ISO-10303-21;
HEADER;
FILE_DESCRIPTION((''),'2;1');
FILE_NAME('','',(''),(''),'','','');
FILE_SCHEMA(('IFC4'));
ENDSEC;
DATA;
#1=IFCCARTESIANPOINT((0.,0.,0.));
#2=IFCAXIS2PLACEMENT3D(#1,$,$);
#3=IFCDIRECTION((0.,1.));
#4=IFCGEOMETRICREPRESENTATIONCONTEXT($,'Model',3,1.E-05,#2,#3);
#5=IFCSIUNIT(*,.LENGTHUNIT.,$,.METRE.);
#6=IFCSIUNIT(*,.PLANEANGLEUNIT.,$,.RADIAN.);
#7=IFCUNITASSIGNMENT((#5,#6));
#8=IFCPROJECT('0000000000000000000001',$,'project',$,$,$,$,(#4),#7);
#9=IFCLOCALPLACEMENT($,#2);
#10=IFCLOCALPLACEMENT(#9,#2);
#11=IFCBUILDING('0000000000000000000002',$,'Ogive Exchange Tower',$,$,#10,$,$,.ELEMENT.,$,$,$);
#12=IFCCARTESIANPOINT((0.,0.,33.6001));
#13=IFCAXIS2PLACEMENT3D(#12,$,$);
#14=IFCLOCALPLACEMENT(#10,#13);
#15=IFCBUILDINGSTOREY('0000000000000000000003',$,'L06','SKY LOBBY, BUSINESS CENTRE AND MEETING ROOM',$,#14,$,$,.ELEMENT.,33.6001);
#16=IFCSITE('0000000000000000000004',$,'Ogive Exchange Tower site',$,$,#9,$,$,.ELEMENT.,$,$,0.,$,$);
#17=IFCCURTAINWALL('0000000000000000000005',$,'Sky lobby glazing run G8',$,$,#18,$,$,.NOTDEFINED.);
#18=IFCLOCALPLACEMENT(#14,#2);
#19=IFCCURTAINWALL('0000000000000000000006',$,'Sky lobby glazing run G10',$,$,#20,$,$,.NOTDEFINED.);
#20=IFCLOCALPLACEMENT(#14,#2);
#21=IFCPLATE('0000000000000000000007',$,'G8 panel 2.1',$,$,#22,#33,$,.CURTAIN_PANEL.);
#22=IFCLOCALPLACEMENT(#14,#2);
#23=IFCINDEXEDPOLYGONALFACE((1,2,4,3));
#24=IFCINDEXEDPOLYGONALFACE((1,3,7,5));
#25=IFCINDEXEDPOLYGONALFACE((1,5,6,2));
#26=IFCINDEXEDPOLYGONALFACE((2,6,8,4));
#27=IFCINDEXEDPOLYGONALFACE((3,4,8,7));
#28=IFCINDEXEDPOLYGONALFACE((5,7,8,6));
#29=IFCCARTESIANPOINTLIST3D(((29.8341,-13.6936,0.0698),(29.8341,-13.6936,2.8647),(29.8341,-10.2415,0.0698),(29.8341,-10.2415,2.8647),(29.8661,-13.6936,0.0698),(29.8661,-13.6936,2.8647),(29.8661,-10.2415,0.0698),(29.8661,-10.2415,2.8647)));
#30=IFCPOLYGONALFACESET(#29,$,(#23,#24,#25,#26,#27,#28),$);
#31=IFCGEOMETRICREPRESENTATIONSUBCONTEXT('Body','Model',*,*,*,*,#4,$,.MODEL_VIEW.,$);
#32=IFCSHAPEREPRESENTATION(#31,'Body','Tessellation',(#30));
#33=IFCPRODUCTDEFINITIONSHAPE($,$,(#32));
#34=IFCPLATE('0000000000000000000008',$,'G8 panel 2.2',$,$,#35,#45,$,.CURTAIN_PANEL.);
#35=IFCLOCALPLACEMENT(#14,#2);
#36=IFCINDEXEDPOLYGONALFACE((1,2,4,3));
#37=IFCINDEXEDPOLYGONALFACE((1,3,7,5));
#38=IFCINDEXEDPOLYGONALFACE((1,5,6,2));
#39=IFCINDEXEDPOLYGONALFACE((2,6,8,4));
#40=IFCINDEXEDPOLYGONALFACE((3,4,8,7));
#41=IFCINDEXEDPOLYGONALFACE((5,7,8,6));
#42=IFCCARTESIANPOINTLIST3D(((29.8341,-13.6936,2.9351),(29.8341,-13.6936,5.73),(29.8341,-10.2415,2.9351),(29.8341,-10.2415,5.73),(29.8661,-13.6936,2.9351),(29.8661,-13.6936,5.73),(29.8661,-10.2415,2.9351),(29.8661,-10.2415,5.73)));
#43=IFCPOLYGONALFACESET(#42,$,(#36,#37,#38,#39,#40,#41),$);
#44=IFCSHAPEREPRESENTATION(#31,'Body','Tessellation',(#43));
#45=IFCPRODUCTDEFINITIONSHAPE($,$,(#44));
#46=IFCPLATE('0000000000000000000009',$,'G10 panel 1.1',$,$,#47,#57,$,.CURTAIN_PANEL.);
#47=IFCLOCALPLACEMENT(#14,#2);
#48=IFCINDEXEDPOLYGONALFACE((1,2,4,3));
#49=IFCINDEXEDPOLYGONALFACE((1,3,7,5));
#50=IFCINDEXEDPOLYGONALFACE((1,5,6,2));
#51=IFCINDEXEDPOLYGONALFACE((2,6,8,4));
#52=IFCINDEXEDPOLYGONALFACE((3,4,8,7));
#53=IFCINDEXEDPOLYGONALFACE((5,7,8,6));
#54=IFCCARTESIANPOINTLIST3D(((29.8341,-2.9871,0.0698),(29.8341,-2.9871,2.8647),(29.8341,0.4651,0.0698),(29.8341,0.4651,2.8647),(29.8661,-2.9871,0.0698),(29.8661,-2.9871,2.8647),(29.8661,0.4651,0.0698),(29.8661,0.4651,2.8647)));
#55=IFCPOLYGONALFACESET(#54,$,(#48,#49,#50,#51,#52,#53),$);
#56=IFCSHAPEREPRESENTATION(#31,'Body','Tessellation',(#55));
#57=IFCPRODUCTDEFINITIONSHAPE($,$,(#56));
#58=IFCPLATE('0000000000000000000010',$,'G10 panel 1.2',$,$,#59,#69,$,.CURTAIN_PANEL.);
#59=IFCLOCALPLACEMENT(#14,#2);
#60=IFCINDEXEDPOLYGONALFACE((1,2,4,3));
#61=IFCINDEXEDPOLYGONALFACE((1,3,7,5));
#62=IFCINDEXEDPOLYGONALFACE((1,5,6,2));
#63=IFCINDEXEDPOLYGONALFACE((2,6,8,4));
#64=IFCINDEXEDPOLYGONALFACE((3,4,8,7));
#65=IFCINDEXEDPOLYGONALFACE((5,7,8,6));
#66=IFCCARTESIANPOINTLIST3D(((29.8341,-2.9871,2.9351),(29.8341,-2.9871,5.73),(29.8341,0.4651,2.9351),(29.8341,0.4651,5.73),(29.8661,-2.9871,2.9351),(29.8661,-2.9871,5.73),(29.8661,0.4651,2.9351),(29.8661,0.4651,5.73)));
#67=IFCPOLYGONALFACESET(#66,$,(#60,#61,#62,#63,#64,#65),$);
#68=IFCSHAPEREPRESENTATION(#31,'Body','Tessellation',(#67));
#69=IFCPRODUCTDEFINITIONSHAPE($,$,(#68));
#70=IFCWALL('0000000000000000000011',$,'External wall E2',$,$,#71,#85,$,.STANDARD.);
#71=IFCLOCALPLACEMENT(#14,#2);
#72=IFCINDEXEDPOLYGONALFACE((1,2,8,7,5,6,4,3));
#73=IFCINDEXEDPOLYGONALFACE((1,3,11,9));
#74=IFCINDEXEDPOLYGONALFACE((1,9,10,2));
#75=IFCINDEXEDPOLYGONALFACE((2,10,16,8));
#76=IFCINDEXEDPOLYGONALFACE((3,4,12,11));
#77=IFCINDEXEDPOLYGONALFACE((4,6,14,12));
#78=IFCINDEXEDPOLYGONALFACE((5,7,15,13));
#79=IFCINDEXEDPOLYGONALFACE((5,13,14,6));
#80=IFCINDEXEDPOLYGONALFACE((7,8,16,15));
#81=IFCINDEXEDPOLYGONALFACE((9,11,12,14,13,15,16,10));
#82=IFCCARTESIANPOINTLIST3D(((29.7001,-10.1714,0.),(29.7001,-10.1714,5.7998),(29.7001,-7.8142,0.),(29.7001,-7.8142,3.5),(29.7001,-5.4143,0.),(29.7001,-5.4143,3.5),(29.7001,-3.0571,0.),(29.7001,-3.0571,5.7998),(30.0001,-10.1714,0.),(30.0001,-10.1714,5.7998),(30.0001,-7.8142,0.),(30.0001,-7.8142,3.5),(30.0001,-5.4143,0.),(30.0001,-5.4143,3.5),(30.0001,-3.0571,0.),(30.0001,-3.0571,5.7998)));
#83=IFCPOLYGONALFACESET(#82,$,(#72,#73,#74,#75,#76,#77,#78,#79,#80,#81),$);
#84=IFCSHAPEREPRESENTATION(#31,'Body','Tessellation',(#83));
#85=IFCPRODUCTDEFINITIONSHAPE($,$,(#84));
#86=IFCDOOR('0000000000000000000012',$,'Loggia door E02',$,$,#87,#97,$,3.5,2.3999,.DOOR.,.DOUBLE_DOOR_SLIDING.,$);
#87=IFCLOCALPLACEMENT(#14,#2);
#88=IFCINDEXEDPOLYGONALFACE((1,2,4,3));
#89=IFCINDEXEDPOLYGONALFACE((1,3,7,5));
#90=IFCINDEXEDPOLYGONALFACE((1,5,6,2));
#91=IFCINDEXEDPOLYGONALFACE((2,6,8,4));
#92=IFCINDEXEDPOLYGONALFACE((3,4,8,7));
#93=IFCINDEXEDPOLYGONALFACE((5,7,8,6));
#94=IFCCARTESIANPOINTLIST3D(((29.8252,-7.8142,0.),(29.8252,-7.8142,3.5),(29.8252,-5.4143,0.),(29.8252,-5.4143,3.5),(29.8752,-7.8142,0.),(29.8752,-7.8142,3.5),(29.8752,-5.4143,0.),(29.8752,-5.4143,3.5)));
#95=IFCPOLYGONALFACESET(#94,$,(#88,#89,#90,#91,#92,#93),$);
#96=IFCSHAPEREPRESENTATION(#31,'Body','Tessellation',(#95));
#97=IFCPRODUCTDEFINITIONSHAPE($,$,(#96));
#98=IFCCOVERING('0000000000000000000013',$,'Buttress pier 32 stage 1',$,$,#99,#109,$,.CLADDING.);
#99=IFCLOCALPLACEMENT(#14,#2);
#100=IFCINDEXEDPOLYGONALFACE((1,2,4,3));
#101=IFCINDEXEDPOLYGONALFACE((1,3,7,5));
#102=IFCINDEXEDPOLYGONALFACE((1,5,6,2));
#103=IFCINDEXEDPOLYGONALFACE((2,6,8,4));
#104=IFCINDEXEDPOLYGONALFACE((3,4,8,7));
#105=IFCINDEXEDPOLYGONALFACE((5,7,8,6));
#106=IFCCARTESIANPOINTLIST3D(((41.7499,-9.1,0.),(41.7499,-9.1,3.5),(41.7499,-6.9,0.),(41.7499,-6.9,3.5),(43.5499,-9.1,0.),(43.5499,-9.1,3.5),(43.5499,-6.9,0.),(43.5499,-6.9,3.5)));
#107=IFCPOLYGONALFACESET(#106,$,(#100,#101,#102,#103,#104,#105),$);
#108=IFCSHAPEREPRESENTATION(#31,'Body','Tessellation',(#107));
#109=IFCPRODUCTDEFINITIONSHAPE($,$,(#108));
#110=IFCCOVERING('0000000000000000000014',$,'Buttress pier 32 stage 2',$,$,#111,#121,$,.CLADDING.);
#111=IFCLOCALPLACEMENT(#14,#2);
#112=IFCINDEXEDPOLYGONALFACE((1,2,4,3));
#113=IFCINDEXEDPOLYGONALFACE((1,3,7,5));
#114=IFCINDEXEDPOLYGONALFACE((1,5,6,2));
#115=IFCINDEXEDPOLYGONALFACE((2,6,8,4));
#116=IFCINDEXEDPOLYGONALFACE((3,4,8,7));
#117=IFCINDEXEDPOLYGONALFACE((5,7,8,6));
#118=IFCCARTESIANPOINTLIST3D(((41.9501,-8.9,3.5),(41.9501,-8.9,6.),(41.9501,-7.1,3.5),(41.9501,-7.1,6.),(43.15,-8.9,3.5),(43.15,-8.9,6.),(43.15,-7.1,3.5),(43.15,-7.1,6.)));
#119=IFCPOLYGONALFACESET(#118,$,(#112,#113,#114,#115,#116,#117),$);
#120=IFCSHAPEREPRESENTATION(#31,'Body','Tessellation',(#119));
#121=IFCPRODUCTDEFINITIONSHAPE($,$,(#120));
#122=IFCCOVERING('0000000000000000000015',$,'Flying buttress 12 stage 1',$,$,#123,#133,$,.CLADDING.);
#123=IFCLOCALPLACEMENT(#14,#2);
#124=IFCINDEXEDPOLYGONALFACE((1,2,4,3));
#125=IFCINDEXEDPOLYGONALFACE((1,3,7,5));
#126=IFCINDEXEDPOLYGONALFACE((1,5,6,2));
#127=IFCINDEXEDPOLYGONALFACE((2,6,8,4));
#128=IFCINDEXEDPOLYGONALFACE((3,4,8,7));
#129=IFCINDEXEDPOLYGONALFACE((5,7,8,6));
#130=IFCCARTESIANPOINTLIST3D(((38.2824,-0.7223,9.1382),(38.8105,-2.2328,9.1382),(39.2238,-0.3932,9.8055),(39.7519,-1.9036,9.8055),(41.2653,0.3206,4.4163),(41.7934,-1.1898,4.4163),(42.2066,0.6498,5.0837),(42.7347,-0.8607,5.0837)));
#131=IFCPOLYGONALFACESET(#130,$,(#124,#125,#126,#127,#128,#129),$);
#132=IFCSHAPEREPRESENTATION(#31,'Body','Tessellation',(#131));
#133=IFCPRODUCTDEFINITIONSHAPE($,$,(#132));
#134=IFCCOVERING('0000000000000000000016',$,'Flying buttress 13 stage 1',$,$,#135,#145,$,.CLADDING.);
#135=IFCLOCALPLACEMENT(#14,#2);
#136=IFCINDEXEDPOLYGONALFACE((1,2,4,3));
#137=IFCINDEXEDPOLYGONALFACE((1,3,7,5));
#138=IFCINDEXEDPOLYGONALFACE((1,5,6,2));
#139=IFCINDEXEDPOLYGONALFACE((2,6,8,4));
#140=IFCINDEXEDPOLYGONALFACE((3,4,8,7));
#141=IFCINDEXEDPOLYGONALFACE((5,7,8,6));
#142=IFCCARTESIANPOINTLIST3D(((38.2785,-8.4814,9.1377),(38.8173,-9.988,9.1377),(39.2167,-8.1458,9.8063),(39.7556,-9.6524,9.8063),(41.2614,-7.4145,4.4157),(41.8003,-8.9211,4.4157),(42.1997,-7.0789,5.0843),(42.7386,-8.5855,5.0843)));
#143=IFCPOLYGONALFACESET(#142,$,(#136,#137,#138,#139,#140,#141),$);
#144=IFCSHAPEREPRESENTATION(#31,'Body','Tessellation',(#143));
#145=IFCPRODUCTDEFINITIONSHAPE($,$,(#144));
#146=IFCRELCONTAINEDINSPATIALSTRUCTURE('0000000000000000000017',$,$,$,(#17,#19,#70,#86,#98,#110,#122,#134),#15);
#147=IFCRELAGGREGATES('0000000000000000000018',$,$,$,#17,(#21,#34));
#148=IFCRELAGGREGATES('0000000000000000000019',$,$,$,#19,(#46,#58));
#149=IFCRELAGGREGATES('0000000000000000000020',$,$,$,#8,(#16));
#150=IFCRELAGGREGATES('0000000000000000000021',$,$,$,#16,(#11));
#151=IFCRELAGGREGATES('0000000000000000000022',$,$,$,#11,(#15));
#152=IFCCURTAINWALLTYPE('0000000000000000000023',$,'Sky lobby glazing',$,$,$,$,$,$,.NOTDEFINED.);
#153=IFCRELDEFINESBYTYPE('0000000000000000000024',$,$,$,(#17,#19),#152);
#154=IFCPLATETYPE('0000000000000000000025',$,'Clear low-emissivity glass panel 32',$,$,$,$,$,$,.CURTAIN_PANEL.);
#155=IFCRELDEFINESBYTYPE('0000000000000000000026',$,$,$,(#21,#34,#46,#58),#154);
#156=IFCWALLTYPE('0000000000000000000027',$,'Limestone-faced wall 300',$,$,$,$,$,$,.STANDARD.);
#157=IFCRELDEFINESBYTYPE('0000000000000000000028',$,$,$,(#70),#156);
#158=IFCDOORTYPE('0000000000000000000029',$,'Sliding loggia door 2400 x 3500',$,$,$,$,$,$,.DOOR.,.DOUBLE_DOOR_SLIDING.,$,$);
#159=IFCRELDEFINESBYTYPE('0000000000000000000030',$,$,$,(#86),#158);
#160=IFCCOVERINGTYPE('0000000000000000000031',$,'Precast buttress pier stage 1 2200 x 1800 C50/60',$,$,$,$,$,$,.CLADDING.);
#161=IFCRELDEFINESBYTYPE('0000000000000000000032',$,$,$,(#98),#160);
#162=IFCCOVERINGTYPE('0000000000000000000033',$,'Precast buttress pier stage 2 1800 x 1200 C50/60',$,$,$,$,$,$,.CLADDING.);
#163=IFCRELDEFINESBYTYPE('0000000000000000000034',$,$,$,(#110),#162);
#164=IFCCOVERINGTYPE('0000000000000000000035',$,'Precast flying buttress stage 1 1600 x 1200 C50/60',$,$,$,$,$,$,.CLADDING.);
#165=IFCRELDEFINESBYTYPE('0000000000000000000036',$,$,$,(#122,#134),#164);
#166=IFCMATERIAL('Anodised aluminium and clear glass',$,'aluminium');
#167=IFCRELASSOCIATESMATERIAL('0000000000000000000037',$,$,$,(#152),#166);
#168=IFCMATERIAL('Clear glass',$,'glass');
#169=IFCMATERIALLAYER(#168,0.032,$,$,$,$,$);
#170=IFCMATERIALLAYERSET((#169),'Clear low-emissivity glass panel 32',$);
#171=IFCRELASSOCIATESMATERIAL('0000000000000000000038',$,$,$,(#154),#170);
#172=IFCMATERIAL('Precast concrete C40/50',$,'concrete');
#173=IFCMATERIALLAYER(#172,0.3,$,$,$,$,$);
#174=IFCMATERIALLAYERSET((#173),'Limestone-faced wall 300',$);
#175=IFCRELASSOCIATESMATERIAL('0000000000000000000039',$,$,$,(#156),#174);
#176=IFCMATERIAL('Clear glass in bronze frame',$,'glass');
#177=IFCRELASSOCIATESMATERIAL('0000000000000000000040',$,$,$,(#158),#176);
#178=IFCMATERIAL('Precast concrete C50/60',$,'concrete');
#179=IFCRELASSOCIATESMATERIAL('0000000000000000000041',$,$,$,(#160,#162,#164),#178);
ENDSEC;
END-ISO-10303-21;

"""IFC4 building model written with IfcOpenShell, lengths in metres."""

from ifc_helpers import new_model, si_unit, direction, frame, frame_2d, origin, origin_2d, place, context, subcontext, project, spatial, rectangle, extrude, material, layer, layer_set, material_profile, profile_set, type_object, element, fill, aggregate, save


model = new_model("IFC4")

# Units and contexts
model_context = context("Model", 3, precision=1e-05, world=origin(), true_north=direction((0.0, 1.0)))
body_context = subcontext(model_context, "Body", "Model", "MODEL_VIEW")
ifc_project = project(units=[si_unit("LENGTHUNIT", "METRE"), si_unit("PLANEANGLEUNIT", "RADIAN")], contexts=[model_context])

# Site, building, storey
site_placement = place(None, origin())
site = spatial("IfcSite", under=ifc_project, at=site_placement, Name="Ogive Exchange Tower site", CompositionType="ELEMENT", RefElevation=0.0)
building_placement = place(site_placement, origin())
building = spatial("IfcBuilding", under=site, at=building_placement, Name="Ogive Exchange Tower", CompositionType="ELEMENT")
storey_placement = place(building_placement, frame((0.0, 0.0, 33.6001)))
storey = spatial("IfcBuildingStorey", under=building, at=storey_placement, Name="L06", Description="SKY LOBBY, BUSINESS CENTRE AND MEETING ROOM", CompositionType="ELEMENT", Elevation=33.6001)

# Curtain walls
ifc_material_1 = material(Name="Anodised aluminium and clear glass", Category="aluminium")
curtain_wall_type = type_object("IfcCurtainWallType", Name="Sky lobby glazing", PredefinedType="NOTDEFINED", material=ifc_material_1)
curtain_wall_1_placement = place(storey_placement, origin())
curtain_wall_1 = element("IfcCurtainWall", 1, at=curtain_wall_1_placement, inside=storey, type_object=curtain_wall_type, Name="Sky lobby glazing run G8", PredefinedType="NOTDEFINED")
curtain_wall_2_placement = place(storey_placement, origin())
curtain_wall_2 = element("IfcCurtainWall", 2, at=curtain_wall_2_placement, inside=storey, type_object=curtain_wall_type, Name="Sky lobby glazing run G10", PredefinedType="NOTDEFINED")

# Plates
ifc_material_2 = material(Name="Clear glass", Category="glass")
ifc_layer_1 = layer(ifc_material_2, 0.032)
ifc_layer_set_1 = layer_set([ifc_layer_1], Name="Clear low-emissivity glass panel 32")
plate_type = type_object("IfcPlateType", Name="Clear low-emissivity glass panel 32", PredefinedType="CURTAIN_PANEL", material=ifc_layer_set_1)
plate_1_placement = place(storey_placement, frame((29.8501, -11.9675, 0.0698), z_axis=(0.0, 0.0, 1.0), x_axis=(0.0, 1.0, 0.0)))
plate_1 = element("IfcPlate", 3, at=plate_1_placement, type_object=plate_type, Name="G8 panel 2.1", PredefinedType="CURTAIN_PANEL", context=body_context, shape_type="SweptSolid", body=[
    extrude(rectangle(XDim=3.4521, YDim=0.032, at=origin_2d()), origin(), (0.0, 0.0, 1.0), 2.7949),
])
plate_2_placement = place(storey_placement, frame((29.8501, -11.9675, 2.9351), z_axis=(0.0, 0.0, 1.0), x_axis=(0.0, 1.0, 0.0)))
plate_2 = element("IfcPlate", 4, at=plate_2_placement, type_object=plate_type, Name="G8 panel 2.2", PredefinedType="CURTAIN_PANEL", context=body_context, shape_type="SweptSolid", body=[
    extrude(rectangle(XDim=3.4521, YDim=0.032, at=origin_2d()), origin(), (0.0, 0.0, 1.0), 2.7949),
])
aggregate(curtain_wall_1, [plate_1, plate_2])
plate_3_placement = place(storey_placement, frame((29.8501, -1.261, 0.0698), z_axis=(0.0, 0.0, 1.0), x_axis=(0.0, 1.0, 0.0)))
plate_3 = element("IfcPlate", 5, at=plate_3_placement, type_object=plate_type, Name="G10 panel 1.1", PredefinedType="CURTAIN_PANEL", context=body_context, shape_type="SweptSolid", body=[
    extrude(rectangle(XDim=3.4521, YDim=0.032, at=origin_2d()), origin(), (0.0, 0.0, 1.0), 2.7949),
])
plate_4_placement = place(storey_placement, frame((29.8501, -1.261, 2.9351), z_axis=(0.0, 0.0, 1.0), x_axis=(0.0, 1.0, 0.0)))
plate_4 = element("IfcPlate", 6, at=plate_4_placement, type_object=plate_type, Name="G10 panel 1.2", PredefinedType="CURTAIN_PANEL", context=body_context, shape_type="SweptSolid", body=[
    extrude(rectangle(XDim=3.4521, YDim=0.032, at=origin_2d()), origin(), (0.0, 0.0, 1.0), 2.7949),
])
aggregate(curtain_wall_2, [plate_3, plate_4])

# Wall, opening, door
ifc_material_3 = material(Name="Precast concrete C40/50", Category="concrete")
ifc_layer_2 = layer(ifc_material_3, 0.3)
ifc_layer_set_2 = layer_set([ifc_layer_2], Name="Limestone-faced wall 300")
wall_type = type_object("IfcWallType", Name="Limestone-faced wall 300", PredefinedType="STANDARD", material=ifc_layer_set_2)
wall_placement = place(storey_placement, frame((29.8501, -10.1714, 0.0), z_axis=(0.0, 0.0, 1.0), x_axis=(0.0, 1.0, 0.0)))
wall = element("IfcWall", 7, at=wall_placement, inside=storey, type_object=wall_type, Name="External wall E2", PredefinedType="STANDARD", context=body_context, shape_type="SweptSolid", body=[
    extrude(rectangle(XDim=7.1143, YDim=0.3, at=frame_2d((3.5571, 0.0))), origin(), (0.0, 0.0, 1.0), 5.7998),
])
opening_placement = place(wall_placement, frame((2.3572, 0.0, 0.0)))
opening = element("IfcOpeningElement", 8, at=opening_placement, cuts=wall, PredefinedType="OPENING", context=body_context, shape_type="SweptSolid", body=[
    extrude(rectangle(XDim=2.3999, YDim=3.5, at=frame_2d((1.2, 1.75))), frame((0.0, 0.1599, 0.0), z_axis=(0.0, -1.0, 0.0), x_axis=(1.0, 0.0, 0.0)), (0.0, 0.0, 1.0), 0.3201),
])
ifc_material_4 = material(Name="Clear glass in bronze frame", Category="glass")
door_type = type_object("IfcDoorType", Name="Sliding loggia door 2400 x 3500", OperationType="DOUBLE_DOOR_SLIDING", PredefinedType="DOOR", material=ifc_material_4)
door_placement = place(opening_placement, origin())
door = element("IfcDoor", 9, at=door_placement, inside=storey, type_object=door_type, Name="Loggia door E02", OperationType="DOUBLE_DOOR_SLIDING", OverallHeight=3.5, OverallWidth=2.3999, PredefinedType="DOOR", context=body_context, shape_type="SweptSolid", body=[
    extrude(rectangle(XDim=2.3999, YDim=3.5, at=frame_2d((1.2, 1.75))), frame((0.0, 0.0249, 0.0), z_axis=(0.0, -1.0, 0.0), x_axis=(1.0, 0.0, 0.0)), (0.0, 0.0, 1.0), 0.05),
])
fill(opening, door)

# Coverings
ifc_material_5 = material(Name="Precast concrete C50/60", Category="concrete")
ifc_material_profile_1 = material_profile(ifc_material_5, rectangle(XDim=2.2, YDim=1.8, at=origin_2d()), Name="BUTTRESS PIER 1 2200 x 1800")
ifc_profile_set_1 = profile_set([ifc_material_profile_1], Name="Precast concrete C50/60")
covering_type_1 = type_object("IfcCoveringType", Name="Precast buttress pier stage 1 2200 x 1800 C50/60", PredefinedType="CLADDING", material=ifc_profile_set_1)
covering_1_placement = place(storey_placement, frame((42.6499, -8.0, 0.0), z_axis=(0.0, 0.0, 1.0), x_axis=(0.0, 1.0, 0.0)))
element("IfcCovering", 10, at=covering_1_placement, inside=storey, type_object=covering_type_1, Name="Buttress pier 32 stage 1", PredefinedType="CLADDING", context=body_context, shape_type="SweptSolid", body=[
    extrude(rectangle(XDim=2.2, YDim=1.8, at=origin_2d()), origin(), (0.0, 0.0, 1.0), 3.5),
])
ifc_material_profile_2 = material_profile(ifc_material_5, rectangle(XDim=1.8, YDim=1.2, at=origin_2d()), Name="BUTTRESS PIER 2 1800 x 1200")
ifc_profile_set_2 = profile_set([ifc_material_profile_2], Name="Precast concrete C50/60")
covering_type_2 = type_object("IfcCoveringType", Name="Precast buttress pier stage 2 1800 x 1200 C50/60", PredefinedType="CLADDING", material=ifc_profile_set_2)
covering_2_placement = place(storey_placement, frame((42.55, -8.0, 3.5), z_axis=(0.0, 0.0, 1.0), x_axis=(0.0, 1.0, 0.0)))
element("IfcCovering", 11, at=covering_2_placement, inside=storey, type_object=covering_type_2, Name="Buttress pier 32 stage 2", PredefinedType="CLADDING", context=body_context, shape_type="SweptSolid", body=[
    extrude(rectangle(XDim=1.8, YDim=1.2, at=origin_2d()), origin(), (0.0, 0.0, 1.0), 2.5),
])
ifc_material_profile_3 = material_profile(ifc_material_5, rectangle(XDim=1.6001, YDim=1.2, at=origin_2d()), Name="FLYING BUTTRESS 1 1600 x 1200")
ifc_profile_set_3 = profile_set([ifc_material_profile_3], Name="Precast concrete C50/60")
covering_type_3 = type_object("IfcCoveringType", Name="Precast flying buttress stage 1 1600 x 1200 C50/60", PredefinedType="CLADDING", material=ifc_profile_set_3)
covering_3_placement = place(storey_placement, frame((42.0, -0.27, 4.75), z_axis=(-0.525, -0.183565, 0.831071), x_axis=(0.330054, -0.943962, 0.0)))
element("IfcCovering", 12, at=covering_3_placement, inside=storey, type_object=covering_type_3, Name="Flying buttress 12 stage 1", PredefinedType="CLADDING", context=body_context, shape_type="SweptSolid", body=[
    extrude(rectangle(XDim=1.6001, YDim=1.2, at=origin_2d()), origin(), (0.0, 0.0, 1.0), 5.6816),
])
covering_4_placement = place(storey_placement, frame((42.0, -8.0, 4.75), z_axis=(-0.52459, -0.18763, 0.830422), x_axis=(0.336776, -0.941585, 0.0)))
element("IfcCovering", 13, at=covering_4_placement, inside=storey, type_object=covering_type_3, Name="Flying buttress 13 stage 1", PredefinedType="CLADDING", context=body_context, shape_type="SweptSolid", body=[
    extrude(rectangle(XDim=1.6001, YDim=1.2, at=origin_2d()), origin(), (0.0, 0.0, 1.0), 5.6863),
])

save(model, "model.ifc")
